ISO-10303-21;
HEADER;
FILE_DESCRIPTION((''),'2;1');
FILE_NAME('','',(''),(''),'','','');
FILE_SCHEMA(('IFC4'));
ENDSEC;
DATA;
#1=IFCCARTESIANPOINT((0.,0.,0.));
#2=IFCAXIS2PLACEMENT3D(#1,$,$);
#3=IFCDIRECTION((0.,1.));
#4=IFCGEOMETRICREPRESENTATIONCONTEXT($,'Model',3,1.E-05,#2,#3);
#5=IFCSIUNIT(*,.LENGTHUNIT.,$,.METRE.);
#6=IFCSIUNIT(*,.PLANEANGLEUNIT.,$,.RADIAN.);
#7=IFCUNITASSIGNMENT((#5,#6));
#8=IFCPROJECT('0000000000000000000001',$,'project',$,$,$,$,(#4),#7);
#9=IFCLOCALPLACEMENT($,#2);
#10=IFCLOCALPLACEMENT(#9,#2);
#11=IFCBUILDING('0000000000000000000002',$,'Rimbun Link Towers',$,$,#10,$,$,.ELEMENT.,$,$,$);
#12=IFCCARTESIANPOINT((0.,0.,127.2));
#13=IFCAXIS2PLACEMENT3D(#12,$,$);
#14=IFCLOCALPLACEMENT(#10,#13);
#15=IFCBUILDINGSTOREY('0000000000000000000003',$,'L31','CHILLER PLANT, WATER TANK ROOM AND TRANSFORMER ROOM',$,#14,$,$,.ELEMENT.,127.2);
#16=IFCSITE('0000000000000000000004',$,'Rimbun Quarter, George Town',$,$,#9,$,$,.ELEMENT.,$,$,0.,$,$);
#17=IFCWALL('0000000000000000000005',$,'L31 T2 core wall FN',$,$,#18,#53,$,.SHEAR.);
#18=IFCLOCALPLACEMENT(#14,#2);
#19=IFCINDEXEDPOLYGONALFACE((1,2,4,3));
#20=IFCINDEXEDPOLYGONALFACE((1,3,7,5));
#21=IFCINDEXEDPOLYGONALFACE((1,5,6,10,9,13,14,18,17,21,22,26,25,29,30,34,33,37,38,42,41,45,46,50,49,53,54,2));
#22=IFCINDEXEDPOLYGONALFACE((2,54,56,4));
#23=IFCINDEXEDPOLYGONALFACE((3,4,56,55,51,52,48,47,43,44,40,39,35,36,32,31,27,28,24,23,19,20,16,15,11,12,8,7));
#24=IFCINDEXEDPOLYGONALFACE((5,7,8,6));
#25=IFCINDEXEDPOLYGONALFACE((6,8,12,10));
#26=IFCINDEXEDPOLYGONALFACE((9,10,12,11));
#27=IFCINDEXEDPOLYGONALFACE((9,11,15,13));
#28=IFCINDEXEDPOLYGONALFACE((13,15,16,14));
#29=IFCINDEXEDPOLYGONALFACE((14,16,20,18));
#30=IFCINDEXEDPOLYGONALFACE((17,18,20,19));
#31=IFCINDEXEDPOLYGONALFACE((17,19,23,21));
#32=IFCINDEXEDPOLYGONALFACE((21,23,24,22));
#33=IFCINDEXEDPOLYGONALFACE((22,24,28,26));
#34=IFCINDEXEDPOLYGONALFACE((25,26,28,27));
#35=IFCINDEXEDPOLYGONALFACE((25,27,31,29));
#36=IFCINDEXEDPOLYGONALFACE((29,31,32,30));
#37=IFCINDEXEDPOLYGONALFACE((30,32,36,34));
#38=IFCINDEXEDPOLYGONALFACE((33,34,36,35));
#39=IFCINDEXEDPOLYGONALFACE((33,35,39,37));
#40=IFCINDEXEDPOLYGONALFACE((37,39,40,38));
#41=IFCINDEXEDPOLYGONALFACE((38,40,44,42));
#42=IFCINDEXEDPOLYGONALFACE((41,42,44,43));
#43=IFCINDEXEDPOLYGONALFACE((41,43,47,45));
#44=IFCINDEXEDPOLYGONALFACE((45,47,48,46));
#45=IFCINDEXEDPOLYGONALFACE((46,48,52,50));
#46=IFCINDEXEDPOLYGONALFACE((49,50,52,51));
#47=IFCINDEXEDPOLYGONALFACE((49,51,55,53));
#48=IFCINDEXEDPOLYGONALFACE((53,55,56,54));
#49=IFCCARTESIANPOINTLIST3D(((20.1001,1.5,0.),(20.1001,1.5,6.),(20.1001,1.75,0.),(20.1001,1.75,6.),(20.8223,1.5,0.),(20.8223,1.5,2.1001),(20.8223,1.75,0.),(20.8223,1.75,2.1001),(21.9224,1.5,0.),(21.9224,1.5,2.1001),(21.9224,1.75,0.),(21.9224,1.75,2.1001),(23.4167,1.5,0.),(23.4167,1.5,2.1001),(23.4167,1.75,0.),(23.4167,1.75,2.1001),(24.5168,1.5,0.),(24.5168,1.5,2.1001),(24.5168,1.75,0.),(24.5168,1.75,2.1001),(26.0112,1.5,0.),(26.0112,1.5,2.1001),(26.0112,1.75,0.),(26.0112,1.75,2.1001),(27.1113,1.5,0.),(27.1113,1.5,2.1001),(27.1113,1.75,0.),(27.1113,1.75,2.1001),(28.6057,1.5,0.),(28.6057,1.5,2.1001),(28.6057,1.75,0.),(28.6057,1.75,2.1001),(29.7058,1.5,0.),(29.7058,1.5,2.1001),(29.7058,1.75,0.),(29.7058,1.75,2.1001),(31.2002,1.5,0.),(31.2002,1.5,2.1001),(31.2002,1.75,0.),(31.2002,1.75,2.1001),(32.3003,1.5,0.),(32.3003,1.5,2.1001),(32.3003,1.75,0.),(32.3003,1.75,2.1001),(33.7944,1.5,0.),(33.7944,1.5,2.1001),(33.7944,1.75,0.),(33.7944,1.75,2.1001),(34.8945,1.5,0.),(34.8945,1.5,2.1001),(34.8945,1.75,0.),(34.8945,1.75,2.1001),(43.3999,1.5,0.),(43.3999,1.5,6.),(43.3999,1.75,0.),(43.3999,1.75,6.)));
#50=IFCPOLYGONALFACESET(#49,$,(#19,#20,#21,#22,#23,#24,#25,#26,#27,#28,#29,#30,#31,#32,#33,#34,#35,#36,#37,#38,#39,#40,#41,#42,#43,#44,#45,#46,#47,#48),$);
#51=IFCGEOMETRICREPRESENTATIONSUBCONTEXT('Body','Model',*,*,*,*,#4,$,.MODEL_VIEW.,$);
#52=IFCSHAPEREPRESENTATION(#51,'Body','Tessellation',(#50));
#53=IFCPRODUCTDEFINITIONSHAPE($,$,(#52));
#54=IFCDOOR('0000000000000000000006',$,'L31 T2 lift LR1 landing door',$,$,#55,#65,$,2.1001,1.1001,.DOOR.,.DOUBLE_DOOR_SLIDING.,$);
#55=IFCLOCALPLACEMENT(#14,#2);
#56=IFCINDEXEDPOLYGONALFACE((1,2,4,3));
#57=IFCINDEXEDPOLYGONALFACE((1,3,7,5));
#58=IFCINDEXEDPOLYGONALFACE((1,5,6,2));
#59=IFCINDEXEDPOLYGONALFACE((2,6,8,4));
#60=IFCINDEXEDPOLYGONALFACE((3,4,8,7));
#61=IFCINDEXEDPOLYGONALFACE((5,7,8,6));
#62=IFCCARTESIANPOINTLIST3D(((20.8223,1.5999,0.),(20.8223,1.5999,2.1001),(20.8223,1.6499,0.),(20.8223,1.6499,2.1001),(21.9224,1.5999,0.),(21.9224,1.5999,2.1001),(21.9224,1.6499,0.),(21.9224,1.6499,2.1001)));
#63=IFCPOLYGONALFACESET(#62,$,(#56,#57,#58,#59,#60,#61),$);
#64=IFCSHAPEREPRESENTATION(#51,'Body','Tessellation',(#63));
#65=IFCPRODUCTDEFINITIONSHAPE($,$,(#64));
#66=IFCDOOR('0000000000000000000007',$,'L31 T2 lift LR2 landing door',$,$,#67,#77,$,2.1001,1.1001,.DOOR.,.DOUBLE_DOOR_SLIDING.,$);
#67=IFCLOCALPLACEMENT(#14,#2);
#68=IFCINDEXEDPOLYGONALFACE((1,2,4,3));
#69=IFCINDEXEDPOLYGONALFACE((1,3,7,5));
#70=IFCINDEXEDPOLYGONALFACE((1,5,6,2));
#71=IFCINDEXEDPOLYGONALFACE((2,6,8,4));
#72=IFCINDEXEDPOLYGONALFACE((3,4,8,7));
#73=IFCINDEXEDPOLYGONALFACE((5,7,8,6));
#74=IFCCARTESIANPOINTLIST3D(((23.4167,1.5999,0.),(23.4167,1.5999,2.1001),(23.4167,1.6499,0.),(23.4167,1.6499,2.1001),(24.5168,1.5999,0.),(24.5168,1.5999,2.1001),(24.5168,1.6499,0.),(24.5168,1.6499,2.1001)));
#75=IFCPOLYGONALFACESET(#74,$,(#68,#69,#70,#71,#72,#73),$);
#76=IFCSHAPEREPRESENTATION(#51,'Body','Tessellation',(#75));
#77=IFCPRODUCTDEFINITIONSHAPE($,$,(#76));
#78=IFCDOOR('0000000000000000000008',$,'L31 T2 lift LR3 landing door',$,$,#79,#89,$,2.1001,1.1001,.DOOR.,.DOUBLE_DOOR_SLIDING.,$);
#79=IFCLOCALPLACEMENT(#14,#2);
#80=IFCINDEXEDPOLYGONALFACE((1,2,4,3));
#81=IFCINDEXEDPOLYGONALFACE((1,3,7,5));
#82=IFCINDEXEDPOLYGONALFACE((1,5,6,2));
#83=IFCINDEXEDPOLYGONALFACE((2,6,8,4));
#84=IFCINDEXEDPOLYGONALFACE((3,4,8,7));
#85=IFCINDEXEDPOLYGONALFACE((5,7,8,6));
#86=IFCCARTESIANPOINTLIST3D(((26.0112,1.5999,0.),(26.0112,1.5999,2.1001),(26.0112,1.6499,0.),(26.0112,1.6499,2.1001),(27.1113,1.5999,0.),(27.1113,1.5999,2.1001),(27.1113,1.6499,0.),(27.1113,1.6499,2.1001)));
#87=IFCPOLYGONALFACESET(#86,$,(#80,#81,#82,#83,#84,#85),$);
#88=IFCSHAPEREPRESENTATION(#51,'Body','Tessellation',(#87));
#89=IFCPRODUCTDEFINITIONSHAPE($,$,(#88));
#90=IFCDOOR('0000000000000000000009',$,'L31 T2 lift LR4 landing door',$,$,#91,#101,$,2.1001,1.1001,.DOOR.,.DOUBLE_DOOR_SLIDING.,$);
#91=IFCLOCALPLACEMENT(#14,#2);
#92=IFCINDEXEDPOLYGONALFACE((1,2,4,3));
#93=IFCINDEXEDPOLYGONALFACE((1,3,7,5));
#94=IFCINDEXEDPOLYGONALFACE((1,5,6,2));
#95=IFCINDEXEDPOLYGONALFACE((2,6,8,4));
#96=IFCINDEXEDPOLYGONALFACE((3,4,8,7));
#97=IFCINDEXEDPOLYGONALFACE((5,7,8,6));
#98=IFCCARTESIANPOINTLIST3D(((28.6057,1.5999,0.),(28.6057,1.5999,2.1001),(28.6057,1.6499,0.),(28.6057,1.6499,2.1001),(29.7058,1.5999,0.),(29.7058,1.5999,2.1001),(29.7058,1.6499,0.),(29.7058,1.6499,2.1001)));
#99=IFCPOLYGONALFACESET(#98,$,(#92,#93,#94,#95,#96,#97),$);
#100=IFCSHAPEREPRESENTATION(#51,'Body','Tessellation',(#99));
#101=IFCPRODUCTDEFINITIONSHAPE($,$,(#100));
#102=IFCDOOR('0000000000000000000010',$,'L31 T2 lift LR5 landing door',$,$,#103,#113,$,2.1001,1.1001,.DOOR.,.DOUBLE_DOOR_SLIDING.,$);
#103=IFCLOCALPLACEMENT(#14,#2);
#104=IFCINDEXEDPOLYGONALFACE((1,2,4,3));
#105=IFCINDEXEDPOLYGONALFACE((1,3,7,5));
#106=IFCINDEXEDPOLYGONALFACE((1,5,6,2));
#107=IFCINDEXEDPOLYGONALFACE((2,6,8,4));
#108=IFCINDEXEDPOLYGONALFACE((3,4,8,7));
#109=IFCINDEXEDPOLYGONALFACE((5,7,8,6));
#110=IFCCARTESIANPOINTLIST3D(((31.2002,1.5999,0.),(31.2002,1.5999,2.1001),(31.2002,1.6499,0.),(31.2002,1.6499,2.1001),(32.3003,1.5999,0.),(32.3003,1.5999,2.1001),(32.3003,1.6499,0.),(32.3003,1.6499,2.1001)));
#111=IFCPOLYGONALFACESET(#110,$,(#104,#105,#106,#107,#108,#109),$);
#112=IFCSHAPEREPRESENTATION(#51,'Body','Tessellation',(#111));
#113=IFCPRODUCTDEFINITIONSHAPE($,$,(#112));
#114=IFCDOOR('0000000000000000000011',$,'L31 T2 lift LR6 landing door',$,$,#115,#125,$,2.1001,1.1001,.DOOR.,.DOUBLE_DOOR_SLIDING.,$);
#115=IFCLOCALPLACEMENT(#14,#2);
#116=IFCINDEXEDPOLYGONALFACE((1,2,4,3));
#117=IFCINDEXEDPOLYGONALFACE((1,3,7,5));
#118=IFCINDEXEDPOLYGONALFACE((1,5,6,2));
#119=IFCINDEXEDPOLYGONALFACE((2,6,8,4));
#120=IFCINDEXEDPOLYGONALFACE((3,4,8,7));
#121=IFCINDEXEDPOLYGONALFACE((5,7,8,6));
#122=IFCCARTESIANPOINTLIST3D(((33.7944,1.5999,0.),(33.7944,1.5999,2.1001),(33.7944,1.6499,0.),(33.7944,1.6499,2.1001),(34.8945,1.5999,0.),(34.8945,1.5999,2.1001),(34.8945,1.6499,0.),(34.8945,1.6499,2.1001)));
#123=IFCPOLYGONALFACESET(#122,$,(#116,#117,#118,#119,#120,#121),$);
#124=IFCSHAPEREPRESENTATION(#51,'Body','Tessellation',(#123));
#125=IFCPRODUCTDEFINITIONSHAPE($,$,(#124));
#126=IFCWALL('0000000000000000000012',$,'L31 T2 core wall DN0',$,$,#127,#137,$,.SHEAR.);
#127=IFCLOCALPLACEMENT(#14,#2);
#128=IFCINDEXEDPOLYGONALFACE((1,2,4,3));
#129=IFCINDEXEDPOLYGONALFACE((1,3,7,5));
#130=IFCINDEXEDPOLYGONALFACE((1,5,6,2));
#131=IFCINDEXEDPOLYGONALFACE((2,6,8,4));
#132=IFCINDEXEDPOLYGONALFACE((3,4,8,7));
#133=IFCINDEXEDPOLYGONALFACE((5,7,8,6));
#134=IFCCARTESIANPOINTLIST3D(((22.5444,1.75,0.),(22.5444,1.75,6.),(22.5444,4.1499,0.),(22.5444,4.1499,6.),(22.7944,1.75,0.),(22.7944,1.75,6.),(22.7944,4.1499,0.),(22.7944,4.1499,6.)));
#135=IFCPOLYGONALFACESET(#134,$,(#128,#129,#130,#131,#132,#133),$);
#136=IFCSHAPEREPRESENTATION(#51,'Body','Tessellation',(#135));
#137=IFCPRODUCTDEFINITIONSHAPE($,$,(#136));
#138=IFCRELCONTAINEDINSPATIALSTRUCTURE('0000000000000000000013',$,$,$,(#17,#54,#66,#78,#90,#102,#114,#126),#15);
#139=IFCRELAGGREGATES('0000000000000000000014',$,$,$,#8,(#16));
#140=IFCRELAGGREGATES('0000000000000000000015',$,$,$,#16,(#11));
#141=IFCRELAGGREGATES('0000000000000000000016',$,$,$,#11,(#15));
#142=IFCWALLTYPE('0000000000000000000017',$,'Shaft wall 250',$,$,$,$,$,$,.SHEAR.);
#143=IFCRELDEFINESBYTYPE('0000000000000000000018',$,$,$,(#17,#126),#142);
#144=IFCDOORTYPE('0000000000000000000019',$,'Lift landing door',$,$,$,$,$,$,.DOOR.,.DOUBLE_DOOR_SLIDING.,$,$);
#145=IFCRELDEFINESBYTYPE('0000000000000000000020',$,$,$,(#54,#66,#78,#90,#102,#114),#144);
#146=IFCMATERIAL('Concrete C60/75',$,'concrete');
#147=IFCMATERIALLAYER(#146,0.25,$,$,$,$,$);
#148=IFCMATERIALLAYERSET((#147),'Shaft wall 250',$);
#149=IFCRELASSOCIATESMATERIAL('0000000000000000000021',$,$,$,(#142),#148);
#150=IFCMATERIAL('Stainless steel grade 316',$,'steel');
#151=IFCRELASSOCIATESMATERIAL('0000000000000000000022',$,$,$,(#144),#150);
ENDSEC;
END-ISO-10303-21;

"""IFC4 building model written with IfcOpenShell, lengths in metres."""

from ifc_helpers import new_model, si_unit, direction, frame, frame_2d, origin, place, context, subcontext, project, spatial, rectangle, extrude, material, layer, layer_set, type_object, element, fill, save


model = new_model("IFC4")

# Units and contexts
model_context = context("Model", 3, precision=1e-05, world=origin(), true_north=direction((0.0, 1.0)))
body_context = subcontext(model_context, "Body", "Model", "MODEL_VIEW")
ifc_project = project(units=[si_unit("LENGTHUNIT", "METRE"), si_unit("PLANEANGLEUNIT", "RADIAN")], contexts=[model_context])

# Site, building, storey
site_placement = place(None, origin())
site = spatial("IfcSite", under=ifc_project, at=site_placement, Name="Rimbun Quarter, George Town", CompositionType="ELEMENT", RefElevation=0.0)
building_placement = place(site_placement, origin())
building = spatial("IfcBuilding", under=site, at=building_placement, Name="Rimbun Link Towers", CompositionType="ELEMENT")
storey_placement = place(building_placement, frame((0.0, 0.0, 127.2)))
storey = spatial("IfcBuildingStorey", under=building, at=storey_placement, Name="L31", Description="CHILLER PLANT, WATER TANK ROOM AND TRANSFORMER ROOM", CompositionType="ELEMENT", Elevation=127.2)

# Shared definitions
ifc_material_1 = material(Name="Concrete C60/75", Category="concrete")
ifc_layer_1 = layer(ifc_material_1, 0.25)
ifc_layer_set_1 = layer_set([ifc_layer_1], Name="Shaft wall 250")
wall_type_1 = type_object("IfcWallType", Name="Shaft wall 250", PredefinedType="SHEAR", material=ifc_layer_set_1)

# Wall, openings, doors
wall_1_placement = place(storey_placement, frame((20.1001, 1.625, 0.0), z_axis=(0.0, 0.0, 1.0), x_axis=(1.0, 0.0, 0.0)))
wall_1 = element("IfcWall", 1, at=wall_1_placement, inside=storey, type_object=wall_type_1, Name="L31 T2 core wall FN", PredefinedType="SHEAR", context=body_context, shape_type="SweptSolid", body=[
    extrude(rectangle(XDim=23.2998, YDim=0.25, at=frame_2d((11.6499, 0.0))), origin(), (0.0, 0.0, 1.0), 6.0),
])
opening_1_placement = place(wall_1_placement, frame((0.7222, 0.0, 0.0)))
opening_1 = element("IfcOpeningElement", 2, at=opening_1_placement, cuts=wall_1, PredefinedType="OPENING", context=body_context, shape_type="SweptSolid", body=[
    extrude(rectangle(XDim=1.1001, YDim=2.1001, at=frame_2d((0.55, 1.05))), frame((0.0, 0.135, 0.0), z_axis=(0.0, -1.0, 0.0), x_axis=(1.0, 0.0, 0.0)), (0.0, 0.0, 1.0), 0.27),
])
opening_2_placement = place(wall_1_placement, frame((3.3167, 0.0, 0.0)))
opening_2 = element("IfcOpeningElement", 3, at=opening_2_placement, cuts=wall_1, PredefinedType="OPENING", context=body_context, shape_type="SweptSolid", body=[
    extrude(rectangle(XDim=1.1001, YDim=2.1001, at=frame_2d((0.55, 1.05))), frame((0.0, 0.135, 0.0), z_axis=(0.0, -1.0, 0.0), x_axis=(1.0, 0.0, 0.0)), (0.0, 0.0, 1.0), 0.27),
])
opening_3_placement = place(wall_1_placement, frame((5.9111, 0.0, 0.0)))
opening_3 = element("IfcOpeningElement", 4, at=opening_3_placement, cuts=wall_1, PredefinedType="OPENING", context=body_context, shape_type="SweptSolid", body=[
    extrude(rectangle(XDim=1.1001, YDim=2.1001, at=frame_2d((0.55, 1.05))), frame((0.0, 0.135, 0.0), z_axis=(0.0, -1.0, 0.0), x_axis=(1.0, 0.0, 0.0)), (0.0, 0.0, 1.0), 0.27),
])
opening_4_placement = place(wall_1_placement, frame((8.5056, 0.0, 0.0)))
opening_4 = element("IfcOpeningElement", 5, at=opening_4_placement, cuts=wall_1, PredefinedType="OPENING", context=body_context, shape_type="SweptSolid", body=[
    extrude(rectangle(XDim=1.1001, YDim=2.1001, at=frame_2d((0.55, 1.05))), frame((0.0, 0.135, 0.0), z_axis=(0.0, -1.0, 0.0), x_axis=(1.0, 0.0, 0.0)), (0.0, 0.0, 1.0), 0.27),
])
opening_5_placement = place(wall_1_placement, frame((11.1001, 0.0, 0.0)))
opening_5 = element("IfcOpeningElement", 6, at=opening_5_placement, cuts=wall_1, PredefinedType="OPENING", context=body_context, shape_type="SweptSolid", body=[
    extrude(rectangle(XDim=1.1001, YDim=2.1001, at=frame_2d((0.55, 1.05))), frame((0.0, 0.135, 0.0), z_axis=(0.0, -1.0, 0.0), x_axis=(1.0, 0.0, 0.0)), (0.0, 0.0, 1.0), 0.27),
])
opening_6_placement = place(wall_1_placement, frame((13.6943, 0.0, 0.0)))
opening_6 = element("IfcOpeningElement", 7, at=opening_6_placement, cuts=wall_1, PredefinedType="OPENING", context=body_context, shape_type="SweptSolid", body=[
    extrude(rectangle(XDim=1.1001, YDim=2.1001, at=frame_2d((0.55, 1.05))), frame((0.0, 0.135, 0.0), z_axis=(0.0, -1.0, 0.0), x_axis=(1.0, 0.0, 0.0)), (0.0, 0.0, 1.0), 0.27),
])
ifc_material_2 = material(Name="Stainless steel grade 316", Category="steel")
door_type_1 = type_object("IfcDoorType", Name="Lift landing door", OperationType="DOUBLE_DOOR_SLIDING", PredefinedType="DOOR", material=ifc_material_2)
door_1_placement = place(opening_1_placement, origin())
door_1 = element("IfcDoor", 8, at=door_1_placement, inside=storey, type_object=door_type_1, Name="L31 T2 lift LR1 landing door", OperationType="DOUBLE_DOOR_SLIDING", OverallHeight=2.1001, OverallWidth=1.1001, PredefinedType="DOOR", context=body_context, shape_type="SweptSolid", body=[
    extrude(rectangle(XDim=1.1001, YDim=2.1001, at=frame_2d((0.55, 1.05))), frame((0.0, 0.0249, 0.0), z_axis=(0.0, -1.0, 0.0), x_axis=(1.0, 0.0, 0.0)), (0.0, 0.0, 1.0), 0.05),
])
fill(opening_1, door_1)
door_2_placement = place(opening_2_placement, origin())
door_2 = element("IfcDoor", 9, at=door_2_placement, inside=storey, type_object=door_type_1, Name="L31 T2 lift LR2 landing door", OperationType="DOUBLE_DOOR_SLIDING", OverallHeight=2.1001, OverallWidth=1.1001, PredefinedType="DOOR", context=body_context, shape_type="SweptSolid", body=[
    extrude(rectangle(XDim=1.1001, YDim=2.1001, at=frame_2d((0.55, 1.05))), frame((0.0, 0.0249, 0.0), z_axis=(0.0, -1.0, 0.0), x_axis=(1.0, 0.0, 0.0)), (0.0, 0.0, 1.0), 0.05),
])
fill(opening_2, door_2)
door_3_placement = place(opening_3_placement, origin())
door_3 = element("IfcDoor", 10, at=door_3_placement, inside=storey, type_object=door_type_1, Name="L31 T2 lift LR3 landing door", OperationType="DOUBLE_DOOR_SLIDING", OverallHeight=2.1001, OverallWidth=1.1001, PredefinedType="DOOR", context=body_context, shape_type="SweptSolid", body=[
    extrude(rectangle(XDim=1.1001, YDim=2.1001, at=frame_2d((0.55, 1.05))), frame((0.0, 0.0249, 0.0), z_axis=(0.0, -1.0, 0.0), x_axis=(1.0, 0.0, 0.0)), (0.0, 0.0, 1.0), 0.05),
])
fill(opening_3, door_3)
door_4_placement = place(opening_4_placement, origin())
door_4 = element("IfcDoor", 11, at=door_4_placement, inside=storey, type_object=door_type_1, Name="L31 T2 lift LR4 landing door", OperationType="DOUBLE_DOOR_SLIDING", OverallHeight=2.1001, OverallWidth=1.1001, PredefinedType="DOOR", context=body_context, shape_type="SweptSolid", body=[
    extrude(rectangle(XDim=1.1001, YDim=2.1001, at=frame_2d((0.55, 1.05))), frame((0.0, 0.0249, 0.0), z_axis=(0.0, -1.0, 0.0), x_axis=(1.0, 0.0, 0.0)), (0.0, 0.0, 1.0), 0.05),
])
fill(opening_4, door_4)
door_5_placement = place(opening_5_placement, origin())
door_5 = element("IfcDoor", 12, at=door_5_placement, inside=storey, type_object=door_type_1, Name="L31 T2 lift LR5 landing door", OperationType="DOUBLE_DOOR_SLIDING", OverallHeight=2.1001, OverallWidth=1.1001, PredefinedType="DOOR", context=body_context, shape_type="SweptSolid", body=[
    extrude(rectangle(XDim=1.1001, YDim=2.1001, at=frame_2d((0.55, 1.05))), frame((0.0, 0.0249, 0.0), z_axis=(0.0, -1.0, 0.0), x_axis=(1.0, 0.0, 0.0)), (0.0, 0.0, 1.0), 0.05),
])
fill(opening_5, door_5)
door_6_placement = place(opening_6_placement, origin())
door_6 = element("IfcDoor", 13, at=door_6_placement, inside=storey, type_object=door_type_1, Name="L31 T2 lift LR6 landing door", OperationType="DOUBLE_DOOR_SLIDING", OverallHeight=2.1001, OverallWidth=1.1001, PredefinedType="DOOR", context=body_context, shape_type="SweptSolid", body=[
    extrude(rectangle(XDim=1.1001, YDim=2.1001, at=frame_2d((0.55, 1.05))), frame((0.0, 0.0249, 0.0), z_axis=(0.0, -1.0, 0.0), x_axis=(1.0, 0.0, 0.0)), (0.0, 0.0, 1.0), 0.05),
])
fill(opening_6, door_6)

# Wall
wall_2_placement = place(storey_placement, frame((22.6694, 1.75, 0.0), z_axis=(0.0, 0.0, 1.0), x_axis=(0.0, 1.0, 0.0)))
element("IfcWall", 14, at=wall_2_placement, inside=storey, type_object=wall_type_1, Name="L31 T2 core wall DN0", PredefinedType="SHEAR", context=body_context, shape_type="SweptSolid", body=[
    extrude(rectangle(XDim=2.3999, YDim=0.25, at=frame_2d((1.2, 0.0))), origin(), (0.0, 0.0, 1.0), 6.0),
])

save(model, "model.ifc")
